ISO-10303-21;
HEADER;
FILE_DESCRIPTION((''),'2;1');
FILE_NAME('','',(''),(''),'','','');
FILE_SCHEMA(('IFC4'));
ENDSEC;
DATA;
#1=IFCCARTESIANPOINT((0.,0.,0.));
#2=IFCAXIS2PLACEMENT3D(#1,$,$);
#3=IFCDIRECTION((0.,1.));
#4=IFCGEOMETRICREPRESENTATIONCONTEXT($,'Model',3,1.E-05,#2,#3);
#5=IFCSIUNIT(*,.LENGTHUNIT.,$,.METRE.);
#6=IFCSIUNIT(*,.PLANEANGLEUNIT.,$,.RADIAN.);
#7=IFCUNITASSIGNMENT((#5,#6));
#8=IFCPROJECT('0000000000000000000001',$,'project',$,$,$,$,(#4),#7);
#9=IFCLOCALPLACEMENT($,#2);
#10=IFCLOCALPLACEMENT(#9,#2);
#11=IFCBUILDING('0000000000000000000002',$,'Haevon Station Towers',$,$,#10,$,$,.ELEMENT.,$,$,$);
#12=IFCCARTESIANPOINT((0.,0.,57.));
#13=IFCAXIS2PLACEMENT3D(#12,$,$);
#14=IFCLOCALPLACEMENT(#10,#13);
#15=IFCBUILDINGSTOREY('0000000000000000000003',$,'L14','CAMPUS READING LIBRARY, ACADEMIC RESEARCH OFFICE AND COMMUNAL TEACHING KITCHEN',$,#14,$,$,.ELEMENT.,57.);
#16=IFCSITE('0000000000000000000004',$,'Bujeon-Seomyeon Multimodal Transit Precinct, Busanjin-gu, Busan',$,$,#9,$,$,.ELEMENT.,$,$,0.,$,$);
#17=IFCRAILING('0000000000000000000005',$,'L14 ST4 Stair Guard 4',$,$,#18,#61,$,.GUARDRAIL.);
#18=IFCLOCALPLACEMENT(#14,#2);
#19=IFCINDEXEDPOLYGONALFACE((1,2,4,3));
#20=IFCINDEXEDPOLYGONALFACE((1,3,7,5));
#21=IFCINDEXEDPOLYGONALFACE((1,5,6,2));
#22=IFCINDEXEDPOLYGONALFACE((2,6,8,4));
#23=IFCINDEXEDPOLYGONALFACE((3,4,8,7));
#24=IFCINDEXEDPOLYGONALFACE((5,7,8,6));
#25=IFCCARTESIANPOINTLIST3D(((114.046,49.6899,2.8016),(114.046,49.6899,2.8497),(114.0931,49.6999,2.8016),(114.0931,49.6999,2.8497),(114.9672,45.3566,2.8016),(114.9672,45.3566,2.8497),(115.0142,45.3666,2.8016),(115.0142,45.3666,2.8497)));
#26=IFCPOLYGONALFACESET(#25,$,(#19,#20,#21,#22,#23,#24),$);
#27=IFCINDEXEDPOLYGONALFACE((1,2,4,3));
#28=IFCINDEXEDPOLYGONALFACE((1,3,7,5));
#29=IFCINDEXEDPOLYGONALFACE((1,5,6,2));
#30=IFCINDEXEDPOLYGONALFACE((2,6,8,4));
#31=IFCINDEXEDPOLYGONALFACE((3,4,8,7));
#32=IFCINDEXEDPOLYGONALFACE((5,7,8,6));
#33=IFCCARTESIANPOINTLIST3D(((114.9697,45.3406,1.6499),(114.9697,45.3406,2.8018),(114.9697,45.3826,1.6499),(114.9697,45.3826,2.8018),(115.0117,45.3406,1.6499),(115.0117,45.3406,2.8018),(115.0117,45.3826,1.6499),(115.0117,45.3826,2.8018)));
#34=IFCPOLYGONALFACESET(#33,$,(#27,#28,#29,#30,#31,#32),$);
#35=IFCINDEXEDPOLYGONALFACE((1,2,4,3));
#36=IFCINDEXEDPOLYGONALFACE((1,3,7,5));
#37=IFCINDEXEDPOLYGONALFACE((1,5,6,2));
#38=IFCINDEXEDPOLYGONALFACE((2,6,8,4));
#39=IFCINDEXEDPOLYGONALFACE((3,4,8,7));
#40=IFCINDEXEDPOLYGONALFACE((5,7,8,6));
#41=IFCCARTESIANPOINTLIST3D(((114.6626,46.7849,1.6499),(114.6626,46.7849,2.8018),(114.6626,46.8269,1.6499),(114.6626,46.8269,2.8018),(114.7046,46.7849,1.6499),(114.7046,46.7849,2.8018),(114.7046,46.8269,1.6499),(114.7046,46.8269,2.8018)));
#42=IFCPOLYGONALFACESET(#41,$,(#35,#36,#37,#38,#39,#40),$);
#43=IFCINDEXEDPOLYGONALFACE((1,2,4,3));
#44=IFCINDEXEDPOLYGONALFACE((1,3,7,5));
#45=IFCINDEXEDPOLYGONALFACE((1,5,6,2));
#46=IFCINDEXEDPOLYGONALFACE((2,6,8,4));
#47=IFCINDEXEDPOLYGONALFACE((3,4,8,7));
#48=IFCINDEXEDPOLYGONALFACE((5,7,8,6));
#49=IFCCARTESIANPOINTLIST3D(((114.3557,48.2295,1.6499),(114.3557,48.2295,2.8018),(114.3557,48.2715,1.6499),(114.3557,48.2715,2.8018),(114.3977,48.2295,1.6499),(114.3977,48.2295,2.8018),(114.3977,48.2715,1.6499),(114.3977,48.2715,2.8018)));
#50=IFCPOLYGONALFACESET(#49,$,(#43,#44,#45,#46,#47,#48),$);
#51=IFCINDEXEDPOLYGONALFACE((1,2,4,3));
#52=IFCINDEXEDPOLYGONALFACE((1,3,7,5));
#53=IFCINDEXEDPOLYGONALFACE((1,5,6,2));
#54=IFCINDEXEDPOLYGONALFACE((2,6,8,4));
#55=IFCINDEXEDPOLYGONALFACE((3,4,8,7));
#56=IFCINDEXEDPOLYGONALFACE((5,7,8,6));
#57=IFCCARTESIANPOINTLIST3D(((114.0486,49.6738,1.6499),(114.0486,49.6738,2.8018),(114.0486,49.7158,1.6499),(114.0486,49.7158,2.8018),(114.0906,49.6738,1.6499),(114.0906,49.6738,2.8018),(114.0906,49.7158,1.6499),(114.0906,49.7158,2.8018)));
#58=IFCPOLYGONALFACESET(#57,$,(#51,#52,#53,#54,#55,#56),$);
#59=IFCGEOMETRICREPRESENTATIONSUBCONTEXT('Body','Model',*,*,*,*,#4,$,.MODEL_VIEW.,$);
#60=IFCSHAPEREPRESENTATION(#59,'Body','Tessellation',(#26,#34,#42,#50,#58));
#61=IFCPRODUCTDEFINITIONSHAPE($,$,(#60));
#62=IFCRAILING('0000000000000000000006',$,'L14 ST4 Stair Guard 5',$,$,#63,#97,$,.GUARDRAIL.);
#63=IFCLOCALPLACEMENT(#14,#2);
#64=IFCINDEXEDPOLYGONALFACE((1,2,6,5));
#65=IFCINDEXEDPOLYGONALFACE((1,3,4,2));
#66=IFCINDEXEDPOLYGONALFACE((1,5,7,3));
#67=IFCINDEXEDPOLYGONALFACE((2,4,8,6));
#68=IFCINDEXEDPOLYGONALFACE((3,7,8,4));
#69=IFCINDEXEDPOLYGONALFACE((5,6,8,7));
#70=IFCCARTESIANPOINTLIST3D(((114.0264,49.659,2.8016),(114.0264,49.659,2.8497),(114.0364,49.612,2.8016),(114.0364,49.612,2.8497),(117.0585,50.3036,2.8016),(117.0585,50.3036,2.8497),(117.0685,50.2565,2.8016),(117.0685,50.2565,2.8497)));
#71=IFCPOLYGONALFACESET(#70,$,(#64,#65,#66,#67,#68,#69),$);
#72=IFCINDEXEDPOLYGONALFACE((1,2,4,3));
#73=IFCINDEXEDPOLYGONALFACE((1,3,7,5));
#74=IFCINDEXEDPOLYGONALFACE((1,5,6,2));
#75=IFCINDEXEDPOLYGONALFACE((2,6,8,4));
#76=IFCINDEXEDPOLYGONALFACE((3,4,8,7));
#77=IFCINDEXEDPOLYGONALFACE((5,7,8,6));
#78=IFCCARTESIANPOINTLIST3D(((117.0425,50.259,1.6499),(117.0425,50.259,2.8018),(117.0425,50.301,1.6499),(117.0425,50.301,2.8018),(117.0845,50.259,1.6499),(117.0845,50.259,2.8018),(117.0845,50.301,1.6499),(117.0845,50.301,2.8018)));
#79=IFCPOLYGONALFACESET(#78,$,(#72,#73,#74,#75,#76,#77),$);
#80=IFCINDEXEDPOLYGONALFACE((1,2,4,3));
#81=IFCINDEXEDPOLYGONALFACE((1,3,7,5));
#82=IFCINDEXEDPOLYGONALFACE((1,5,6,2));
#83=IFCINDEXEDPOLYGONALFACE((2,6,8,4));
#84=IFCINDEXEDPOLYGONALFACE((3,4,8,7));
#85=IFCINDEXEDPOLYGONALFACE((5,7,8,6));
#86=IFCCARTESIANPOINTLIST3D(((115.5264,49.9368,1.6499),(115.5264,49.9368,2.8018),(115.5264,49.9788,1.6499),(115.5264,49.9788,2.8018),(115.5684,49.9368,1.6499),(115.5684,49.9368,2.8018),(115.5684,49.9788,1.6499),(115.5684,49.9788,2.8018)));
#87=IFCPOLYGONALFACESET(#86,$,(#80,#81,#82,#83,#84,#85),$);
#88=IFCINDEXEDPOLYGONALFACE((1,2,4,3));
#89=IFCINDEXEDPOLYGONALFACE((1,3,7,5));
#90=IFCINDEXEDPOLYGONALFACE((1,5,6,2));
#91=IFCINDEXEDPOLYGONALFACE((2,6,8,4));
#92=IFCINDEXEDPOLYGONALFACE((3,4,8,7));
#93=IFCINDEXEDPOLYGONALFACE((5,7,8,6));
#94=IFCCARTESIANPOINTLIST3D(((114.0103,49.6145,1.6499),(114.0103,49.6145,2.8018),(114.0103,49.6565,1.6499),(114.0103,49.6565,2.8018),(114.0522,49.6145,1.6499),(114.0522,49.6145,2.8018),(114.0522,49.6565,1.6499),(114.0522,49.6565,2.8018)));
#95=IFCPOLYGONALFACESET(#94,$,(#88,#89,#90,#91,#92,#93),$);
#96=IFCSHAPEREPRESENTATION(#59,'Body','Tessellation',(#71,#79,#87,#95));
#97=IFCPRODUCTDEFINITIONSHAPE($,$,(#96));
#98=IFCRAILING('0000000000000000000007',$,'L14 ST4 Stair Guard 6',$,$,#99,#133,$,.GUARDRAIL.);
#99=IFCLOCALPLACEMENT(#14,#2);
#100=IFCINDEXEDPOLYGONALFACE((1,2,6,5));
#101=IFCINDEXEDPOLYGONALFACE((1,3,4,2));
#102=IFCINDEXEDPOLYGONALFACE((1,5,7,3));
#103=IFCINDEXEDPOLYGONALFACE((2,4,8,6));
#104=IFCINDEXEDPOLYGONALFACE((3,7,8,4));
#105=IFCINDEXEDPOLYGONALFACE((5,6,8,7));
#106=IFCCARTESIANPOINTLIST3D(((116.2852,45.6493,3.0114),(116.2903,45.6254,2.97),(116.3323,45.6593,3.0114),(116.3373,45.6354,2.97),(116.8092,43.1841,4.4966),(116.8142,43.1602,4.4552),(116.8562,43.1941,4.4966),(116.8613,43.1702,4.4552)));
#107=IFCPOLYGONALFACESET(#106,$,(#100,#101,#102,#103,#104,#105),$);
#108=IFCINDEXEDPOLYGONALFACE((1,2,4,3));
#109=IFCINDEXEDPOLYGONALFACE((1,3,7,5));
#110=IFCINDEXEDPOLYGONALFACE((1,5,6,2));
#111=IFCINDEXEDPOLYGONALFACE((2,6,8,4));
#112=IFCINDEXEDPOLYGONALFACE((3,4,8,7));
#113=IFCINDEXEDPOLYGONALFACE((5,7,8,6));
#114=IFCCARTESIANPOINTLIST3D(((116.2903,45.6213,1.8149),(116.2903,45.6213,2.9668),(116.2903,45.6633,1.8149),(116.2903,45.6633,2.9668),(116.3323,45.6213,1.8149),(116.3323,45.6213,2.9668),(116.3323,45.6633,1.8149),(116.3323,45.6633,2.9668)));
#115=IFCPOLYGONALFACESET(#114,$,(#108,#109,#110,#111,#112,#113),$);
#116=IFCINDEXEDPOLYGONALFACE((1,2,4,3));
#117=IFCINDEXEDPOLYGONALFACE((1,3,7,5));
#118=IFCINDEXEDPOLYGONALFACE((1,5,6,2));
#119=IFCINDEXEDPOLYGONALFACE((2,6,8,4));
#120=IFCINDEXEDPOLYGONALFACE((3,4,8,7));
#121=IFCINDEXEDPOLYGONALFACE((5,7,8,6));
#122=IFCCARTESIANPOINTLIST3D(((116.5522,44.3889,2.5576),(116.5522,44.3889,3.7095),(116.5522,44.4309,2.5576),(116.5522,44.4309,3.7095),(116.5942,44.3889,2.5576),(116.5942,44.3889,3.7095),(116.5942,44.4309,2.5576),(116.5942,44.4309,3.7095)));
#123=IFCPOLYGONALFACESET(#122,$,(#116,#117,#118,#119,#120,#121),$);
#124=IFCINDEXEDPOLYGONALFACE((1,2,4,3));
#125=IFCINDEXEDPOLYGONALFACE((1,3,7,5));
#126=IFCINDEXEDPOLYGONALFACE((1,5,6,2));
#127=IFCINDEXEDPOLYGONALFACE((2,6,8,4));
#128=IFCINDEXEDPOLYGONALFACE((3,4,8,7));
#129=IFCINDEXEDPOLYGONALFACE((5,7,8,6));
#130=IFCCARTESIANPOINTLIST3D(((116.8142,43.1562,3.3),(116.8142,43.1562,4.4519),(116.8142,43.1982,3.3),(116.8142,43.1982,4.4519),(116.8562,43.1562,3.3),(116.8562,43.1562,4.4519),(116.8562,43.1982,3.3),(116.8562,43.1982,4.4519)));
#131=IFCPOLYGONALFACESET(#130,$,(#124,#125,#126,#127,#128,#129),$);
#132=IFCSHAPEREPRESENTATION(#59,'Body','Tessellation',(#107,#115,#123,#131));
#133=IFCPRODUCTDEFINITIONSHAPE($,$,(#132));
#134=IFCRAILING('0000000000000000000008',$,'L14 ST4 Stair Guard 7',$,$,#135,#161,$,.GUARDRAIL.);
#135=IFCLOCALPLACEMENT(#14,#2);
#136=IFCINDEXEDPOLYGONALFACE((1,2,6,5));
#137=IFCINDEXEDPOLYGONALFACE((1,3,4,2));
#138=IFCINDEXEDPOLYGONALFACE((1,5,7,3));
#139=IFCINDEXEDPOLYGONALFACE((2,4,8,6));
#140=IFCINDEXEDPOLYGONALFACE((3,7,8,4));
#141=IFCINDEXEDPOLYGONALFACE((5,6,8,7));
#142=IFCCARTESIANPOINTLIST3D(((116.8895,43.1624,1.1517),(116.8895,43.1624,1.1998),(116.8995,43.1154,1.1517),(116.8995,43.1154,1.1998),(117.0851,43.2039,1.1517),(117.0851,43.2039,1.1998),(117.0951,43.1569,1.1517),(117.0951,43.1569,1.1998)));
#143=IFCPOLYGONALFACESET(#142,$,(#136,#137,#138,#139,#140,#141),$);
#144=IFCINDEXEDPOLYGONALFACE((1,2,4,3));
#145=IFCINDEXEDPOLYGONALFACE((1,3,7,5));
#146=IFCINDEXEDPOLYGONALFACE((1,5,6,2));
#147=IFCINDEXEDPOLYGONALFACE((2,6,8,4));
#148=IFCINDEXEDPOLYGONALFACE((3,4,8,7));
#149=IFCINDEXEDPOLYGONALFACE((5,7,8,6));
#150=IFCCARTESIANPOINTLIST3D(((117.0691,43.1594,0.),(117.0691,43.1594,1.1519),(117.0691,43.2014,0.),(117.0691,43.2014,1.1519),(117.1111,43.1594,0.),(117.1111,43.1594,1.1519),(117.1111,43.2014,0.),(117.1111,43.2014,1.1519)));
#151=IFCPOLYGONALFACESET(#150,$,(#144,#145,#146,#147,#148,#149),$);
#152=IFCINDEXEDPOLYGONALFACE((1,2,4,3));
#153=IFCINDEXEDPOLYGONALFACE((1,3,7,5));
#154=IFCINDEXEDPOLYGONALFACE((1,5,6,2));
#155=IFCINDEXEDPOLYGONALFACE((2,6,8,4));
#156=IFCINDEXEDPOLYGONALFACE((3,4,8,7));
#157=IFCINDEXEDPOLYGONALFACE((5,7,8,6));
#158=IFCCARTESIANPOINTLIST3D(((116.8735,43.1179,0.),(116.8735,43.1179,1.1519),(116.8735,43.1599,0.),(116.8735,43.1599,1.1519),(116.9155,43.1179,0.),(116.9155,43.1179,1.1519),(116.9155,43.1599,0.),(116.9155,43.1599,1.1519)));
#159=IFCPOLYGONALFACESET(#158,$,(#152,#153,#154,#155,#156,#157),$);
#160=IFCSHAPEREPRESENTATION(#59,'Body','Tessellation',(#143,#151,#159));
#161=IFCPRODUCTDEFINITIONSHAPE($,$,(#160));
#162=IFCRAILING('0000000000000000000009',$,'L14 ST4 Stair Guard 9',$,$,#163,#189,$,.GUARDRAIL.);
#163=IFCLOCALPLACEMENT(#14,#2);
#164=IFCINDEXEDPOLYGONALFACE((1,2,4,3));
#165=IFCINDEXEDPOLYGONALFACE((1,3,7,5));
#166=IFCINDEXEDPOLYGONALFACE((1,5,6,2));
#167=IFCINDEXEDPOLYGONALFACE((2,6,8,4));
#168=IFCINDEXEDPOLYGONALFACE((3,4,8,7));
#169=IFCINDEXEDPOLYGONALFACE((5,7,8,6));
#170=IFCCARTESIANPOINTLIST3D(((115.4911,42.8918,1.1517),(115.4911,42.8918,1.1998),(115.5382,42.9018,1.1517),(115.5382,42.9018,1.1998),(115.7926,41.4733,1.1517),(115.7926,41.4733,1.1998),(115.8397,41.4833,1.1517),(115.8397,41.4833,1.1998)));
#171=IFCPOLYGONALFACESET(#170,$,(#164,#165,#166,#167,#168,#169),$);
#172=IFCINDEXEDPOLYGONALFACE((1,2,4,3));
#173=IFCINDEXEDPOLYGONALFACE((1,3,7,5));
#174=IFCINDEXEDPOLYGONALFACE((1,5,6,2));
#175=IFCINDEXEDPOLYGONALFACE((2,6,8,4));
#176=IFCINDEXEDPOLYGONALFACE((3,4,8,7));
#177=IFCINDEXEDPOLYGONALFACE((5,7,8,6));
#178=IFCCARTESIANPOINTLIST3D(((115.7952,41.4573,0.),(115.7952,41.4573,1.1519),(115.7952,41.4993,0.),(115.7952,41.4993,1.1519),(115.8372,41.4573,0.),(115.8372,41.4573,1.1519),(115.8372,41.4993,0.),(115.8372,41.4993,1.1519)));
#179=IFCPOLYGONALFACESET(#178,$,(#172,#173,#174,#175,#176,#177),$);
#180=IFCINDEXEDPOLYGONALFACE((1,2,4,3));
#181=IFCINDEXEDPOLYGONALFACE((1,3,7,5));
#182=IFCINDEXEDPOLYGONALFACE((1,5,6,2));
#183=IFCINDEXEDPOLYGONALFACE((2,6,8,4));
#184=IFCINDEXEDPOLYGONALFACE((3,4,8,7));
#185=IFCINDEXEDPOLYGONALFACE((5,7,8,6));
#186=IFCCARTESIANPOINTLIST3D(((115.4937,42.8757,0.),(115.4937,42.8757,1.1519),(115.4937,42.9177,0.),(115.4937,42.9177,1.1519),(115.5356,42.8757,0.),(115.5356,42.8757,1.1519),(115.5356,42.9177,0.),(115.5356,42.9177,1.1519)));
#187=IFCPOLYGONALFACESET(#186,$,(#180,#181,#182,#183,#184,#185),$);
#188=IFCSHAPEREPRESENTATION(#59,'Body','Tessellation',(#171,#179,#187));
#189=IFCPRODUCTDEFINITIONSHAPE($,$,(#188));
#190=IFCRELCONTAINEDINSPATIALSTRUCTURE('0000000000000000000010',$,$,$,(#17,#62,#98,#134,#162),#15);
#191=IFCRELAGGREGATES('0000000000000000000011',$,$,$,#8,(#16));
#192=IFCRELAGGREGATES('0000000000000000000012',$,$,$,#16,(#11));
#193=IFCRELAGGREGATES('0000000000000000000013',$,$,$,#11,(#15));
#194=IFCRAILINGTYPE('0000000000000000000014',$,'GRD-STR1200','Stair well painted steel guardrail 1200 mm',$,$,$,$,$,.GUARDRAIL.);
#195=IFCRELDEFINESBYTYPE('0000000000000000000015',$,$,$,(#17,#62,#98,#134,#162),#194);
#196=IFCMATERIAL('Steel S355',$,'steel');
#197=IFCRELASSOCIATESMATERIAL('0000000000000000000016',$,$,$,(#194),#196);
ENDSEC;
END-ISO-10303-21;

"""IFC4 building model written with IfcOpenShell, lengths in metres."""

from ifc_helpers import new_model, si_unit, direction, frame, origin, origin_2d, place, context, subcontext, project, spatial, rectangle, extrude, material, type_object, element, save


model = new_model("IFC4")

# Units and contexts
model_context = context("Model", 3, precision=1e-05, world=origin(), true_north=direction((0.0, 1.0)))
body_context = subcontext(model_context, "Body", "Model", "MODEL_VIEW")
ifc_project = project(units=[si_unit("LENGTHUNIT", "METRE"), si_unit("PLANEANGLEUNIT", "RADIAN")], contexts=[model_context])

# Site, building, storey
site_placement = place(None, origin())
site = spatial("IfcSite", under=ifc_project, at=site_placement, Name="Bujeon-Seomyeon Multimodal Transit Precinct, Busanjin-gu, Busan", CompositionType="ELEMENT", RefElevation=0.0)
building_placement = place(site_placement, origin())
building = spatial("IfcBuilding", under=site, at=building_placement, Name="Haevon Station Towers", CompositionType="ELEMENT")
storey_placement = place(building_placement, frame((0.0, 0.0, 57.0)))
storey = spatial("IfcBuildingStorey", under=building, at=storey_placement, Name="L14", Description="CAMPUS READING LIBRARY, ACADEMIC RESEARCH OFFICE AND COMMUNAL TEACHING KITCHEN", CompositionType="ELEMENT", Elevation=57.0)

# Railings
ifc_material_1 = material(Name="Steel S355", Category="steel")
railing_type_1 = type_object("IfcRailingType", Name="GRD-STR1200", Description="Stair well painted steel guardrail 1200 mm", PredefinedType="GUARDRAIL", material=ifc_material_1)
railing_1_placement = place(storey_placement, frame((114.9907, 45.3616, 1.6499)))
element("IfcRailing", 1, at=railing_1_placement, inside=storey, type_object=railing_type_1, Name="L14 ST4 Stair Guard 4", PredefinedType="GUARDRAIL", context=body_context, shape_type="SweptSolid", body=[
    extrude(rectangle(XDim=0.0481, YDim=0.0481, at=origin_2d()), frame((0.0, 0.0, 1.1758), z_axis=(-0.207929, 0.978144, 0.0), x_axis=(-0.978144, -0.207929, 0.0)), (0.0, 0.0, 1.0), 4.4302),
    extrude(rectangle(XDim=0.042, YDim=0.042, at=origin_2d()), origin(), (0.0, 0.0, 1.0), 1.1519),
    extrude(rectangle(XDim=0.042, YDim=0.042, at=origin_2d()), frame((-0.3071, 1.4443, 0.0)), (0.0, 0.0, 1.0), 1.1519),
    extrude(rectangle(XDim=0.042, YDim=0.042, at=origin_2d()), frame((-0.614, 2.8889, 0.0)), (0.0, 0.0, 1.0), 1.1519),
    extrude(rectangle(XDim=0.042, YDim=0.042, at=origin_2d()), frame((-0.9211, 4.3333, 0.0)), (0.0, 0.0, 1.0), 1.1519),
])
railing_2_placement = place(storey_placement, frame((117.0635, 50.28, 1.6499)))
element("IfcRailing", 2, at=railing_2_placement, inside=storey, type_object=railing_type_1, Name="L14 ST4 Stair Guard 5", PredefinedType="GUARDRAIL", context=body_context, shape_type="SweptSolid", body=[
    extrude(rectangle(XDim=0.0481, YDim=0.0481, at=origin_2d()), frame((0.0, 0.0, 1.1758), z_axis=(-0.978147, -0.207915, 0.0), x_axis=(0.207915, -0.978147, 0.0)), (0.0, 0.0, 1.0), 3.0999),
    extrude(rectangle(XDim=0.042, YDim=0.042, at=origin_2d()), origin(), (0.0, 0.0, 1.0), 1.1519),
    extrude(rectangle(XDim=0.042, YDim=0.042, at=origin_2d()), frame((-1.5161, -0.3223, 0.0)), (0.0, 0.0, 1.0), 1.1519),
    extrude(rectangle(XDim=0.042, YDim=0.042, at=origin_2d()), frame((-3.0322, -0.6445, 0.0)), (0.0, 0.0, 1.0), 1.1519),
])
railing_3_placement = place(storey_placement, frame((116.3113, 45.6423, 1.8149)))
element("IfcRailing", 3, at=railing_3_placement, inside=storey, type_object=railing_type_1, Name="L14 ST4 Stair Guard 6", PredefinedType="GUARDRAIL", context=body_context, shape_type="SweptSolid", body=[
    extrude(rectangle(XDim=0.0481, YDim=0.0481, at=origin_2d()), frame((0.0, 0.0, 1.1758), z_axis=(0.179109, -0.842712, 0.507697), x_axis=(0.978151, 0.207895, 0.0)), (0.0, 0.0, 1.0), 2.9253),
    extrude(rectangle(XDim=0.042, YDim=0.042, at=origin_2d()), origin(), (0.0, 0.0, 1.0), 1.1519),
    extrude(rectangle(XDim=0.042, YDim=0.042, at=origin_2d()), frame((0.262, -1.2324, 0.7427)), (0.0, 0.0, 1.0), 1.1519),
    extrude(rectangle(XDim=0.042, YDim=0.042, at=origin_2d()), frame((0.5239, -2.4651, 1.4851)), (0.0, 0.0, 1.0), 1.1519),
])
railing_4_placement = place(storey_placement, frame((117.0901, 43.1804, 0.0)))
element("IfcRailing", 4, at=railing_4_placement, inside=storey, type_object=railing_type_1, Name="L14 ST4 Stair Guard 7", PredefinedType="GUARDRAIL", context=body_context, shape_type="SweptSolid", body=[
    extrude(rectangle(XDim=0.0481, YDim=0.0481, at=origin_2d()), frame((0.0, 0.0, 1.1758), z_axis=(-0.978212, -0.20761, 0.0), x_axis=(0.20761, -0.978212, 0.0)), (0.0, 0.0, 1.0), 0.2),
    extrude(rectangle(XDim=0.042, YDim=0.042, at=origin_2d()), origin(), (0.0, 0.0, 1.0), 1.1519),
    extrude(rectangle(XDim=0.042, YDim=0.042, at=origin_2d()), frame((-0.1956, -0.0415, 0.0)), (0.0, 0.0, 1.0), 1.1519),
])
railing_5_placement = place(storey_placement, frame((115.8162, 41.4783, 0.0)))
element("IfcRailing", 5, at=railing_5_placement, inside=storey, type_object=railing_type_1, Name="L14 ST4 Stair Guard 9", PredefinedType="GUARDRAIL", context=body_context, shape_type="SweptSolid", body=[
    extrude(rectangle(XDim=0.0481, YDim=0.0481, at=origin_2d()), frame((0.0, 0.0, 1.1758), z_axis=(-0.207919, 0.978146, 0.0), x_axis=(-0.978146, -0.207919, 0.0)), (0.0, 0.0, 1.0), 1.4502),
    extrude(rectangle(XDim=0.042, YDim=0.042, at=origin_2d()), origin(), (0.0, 0.0, 1.0), 1.1519),
    extrude(rectangle(XDim=0.042, YDim=0.042, at=origin_2d()), frame((-0.3015, 1.4185, 0.0)), (0.0, 0.0, 1.0), 1.1519),
])

save(model, "model.ifc")
